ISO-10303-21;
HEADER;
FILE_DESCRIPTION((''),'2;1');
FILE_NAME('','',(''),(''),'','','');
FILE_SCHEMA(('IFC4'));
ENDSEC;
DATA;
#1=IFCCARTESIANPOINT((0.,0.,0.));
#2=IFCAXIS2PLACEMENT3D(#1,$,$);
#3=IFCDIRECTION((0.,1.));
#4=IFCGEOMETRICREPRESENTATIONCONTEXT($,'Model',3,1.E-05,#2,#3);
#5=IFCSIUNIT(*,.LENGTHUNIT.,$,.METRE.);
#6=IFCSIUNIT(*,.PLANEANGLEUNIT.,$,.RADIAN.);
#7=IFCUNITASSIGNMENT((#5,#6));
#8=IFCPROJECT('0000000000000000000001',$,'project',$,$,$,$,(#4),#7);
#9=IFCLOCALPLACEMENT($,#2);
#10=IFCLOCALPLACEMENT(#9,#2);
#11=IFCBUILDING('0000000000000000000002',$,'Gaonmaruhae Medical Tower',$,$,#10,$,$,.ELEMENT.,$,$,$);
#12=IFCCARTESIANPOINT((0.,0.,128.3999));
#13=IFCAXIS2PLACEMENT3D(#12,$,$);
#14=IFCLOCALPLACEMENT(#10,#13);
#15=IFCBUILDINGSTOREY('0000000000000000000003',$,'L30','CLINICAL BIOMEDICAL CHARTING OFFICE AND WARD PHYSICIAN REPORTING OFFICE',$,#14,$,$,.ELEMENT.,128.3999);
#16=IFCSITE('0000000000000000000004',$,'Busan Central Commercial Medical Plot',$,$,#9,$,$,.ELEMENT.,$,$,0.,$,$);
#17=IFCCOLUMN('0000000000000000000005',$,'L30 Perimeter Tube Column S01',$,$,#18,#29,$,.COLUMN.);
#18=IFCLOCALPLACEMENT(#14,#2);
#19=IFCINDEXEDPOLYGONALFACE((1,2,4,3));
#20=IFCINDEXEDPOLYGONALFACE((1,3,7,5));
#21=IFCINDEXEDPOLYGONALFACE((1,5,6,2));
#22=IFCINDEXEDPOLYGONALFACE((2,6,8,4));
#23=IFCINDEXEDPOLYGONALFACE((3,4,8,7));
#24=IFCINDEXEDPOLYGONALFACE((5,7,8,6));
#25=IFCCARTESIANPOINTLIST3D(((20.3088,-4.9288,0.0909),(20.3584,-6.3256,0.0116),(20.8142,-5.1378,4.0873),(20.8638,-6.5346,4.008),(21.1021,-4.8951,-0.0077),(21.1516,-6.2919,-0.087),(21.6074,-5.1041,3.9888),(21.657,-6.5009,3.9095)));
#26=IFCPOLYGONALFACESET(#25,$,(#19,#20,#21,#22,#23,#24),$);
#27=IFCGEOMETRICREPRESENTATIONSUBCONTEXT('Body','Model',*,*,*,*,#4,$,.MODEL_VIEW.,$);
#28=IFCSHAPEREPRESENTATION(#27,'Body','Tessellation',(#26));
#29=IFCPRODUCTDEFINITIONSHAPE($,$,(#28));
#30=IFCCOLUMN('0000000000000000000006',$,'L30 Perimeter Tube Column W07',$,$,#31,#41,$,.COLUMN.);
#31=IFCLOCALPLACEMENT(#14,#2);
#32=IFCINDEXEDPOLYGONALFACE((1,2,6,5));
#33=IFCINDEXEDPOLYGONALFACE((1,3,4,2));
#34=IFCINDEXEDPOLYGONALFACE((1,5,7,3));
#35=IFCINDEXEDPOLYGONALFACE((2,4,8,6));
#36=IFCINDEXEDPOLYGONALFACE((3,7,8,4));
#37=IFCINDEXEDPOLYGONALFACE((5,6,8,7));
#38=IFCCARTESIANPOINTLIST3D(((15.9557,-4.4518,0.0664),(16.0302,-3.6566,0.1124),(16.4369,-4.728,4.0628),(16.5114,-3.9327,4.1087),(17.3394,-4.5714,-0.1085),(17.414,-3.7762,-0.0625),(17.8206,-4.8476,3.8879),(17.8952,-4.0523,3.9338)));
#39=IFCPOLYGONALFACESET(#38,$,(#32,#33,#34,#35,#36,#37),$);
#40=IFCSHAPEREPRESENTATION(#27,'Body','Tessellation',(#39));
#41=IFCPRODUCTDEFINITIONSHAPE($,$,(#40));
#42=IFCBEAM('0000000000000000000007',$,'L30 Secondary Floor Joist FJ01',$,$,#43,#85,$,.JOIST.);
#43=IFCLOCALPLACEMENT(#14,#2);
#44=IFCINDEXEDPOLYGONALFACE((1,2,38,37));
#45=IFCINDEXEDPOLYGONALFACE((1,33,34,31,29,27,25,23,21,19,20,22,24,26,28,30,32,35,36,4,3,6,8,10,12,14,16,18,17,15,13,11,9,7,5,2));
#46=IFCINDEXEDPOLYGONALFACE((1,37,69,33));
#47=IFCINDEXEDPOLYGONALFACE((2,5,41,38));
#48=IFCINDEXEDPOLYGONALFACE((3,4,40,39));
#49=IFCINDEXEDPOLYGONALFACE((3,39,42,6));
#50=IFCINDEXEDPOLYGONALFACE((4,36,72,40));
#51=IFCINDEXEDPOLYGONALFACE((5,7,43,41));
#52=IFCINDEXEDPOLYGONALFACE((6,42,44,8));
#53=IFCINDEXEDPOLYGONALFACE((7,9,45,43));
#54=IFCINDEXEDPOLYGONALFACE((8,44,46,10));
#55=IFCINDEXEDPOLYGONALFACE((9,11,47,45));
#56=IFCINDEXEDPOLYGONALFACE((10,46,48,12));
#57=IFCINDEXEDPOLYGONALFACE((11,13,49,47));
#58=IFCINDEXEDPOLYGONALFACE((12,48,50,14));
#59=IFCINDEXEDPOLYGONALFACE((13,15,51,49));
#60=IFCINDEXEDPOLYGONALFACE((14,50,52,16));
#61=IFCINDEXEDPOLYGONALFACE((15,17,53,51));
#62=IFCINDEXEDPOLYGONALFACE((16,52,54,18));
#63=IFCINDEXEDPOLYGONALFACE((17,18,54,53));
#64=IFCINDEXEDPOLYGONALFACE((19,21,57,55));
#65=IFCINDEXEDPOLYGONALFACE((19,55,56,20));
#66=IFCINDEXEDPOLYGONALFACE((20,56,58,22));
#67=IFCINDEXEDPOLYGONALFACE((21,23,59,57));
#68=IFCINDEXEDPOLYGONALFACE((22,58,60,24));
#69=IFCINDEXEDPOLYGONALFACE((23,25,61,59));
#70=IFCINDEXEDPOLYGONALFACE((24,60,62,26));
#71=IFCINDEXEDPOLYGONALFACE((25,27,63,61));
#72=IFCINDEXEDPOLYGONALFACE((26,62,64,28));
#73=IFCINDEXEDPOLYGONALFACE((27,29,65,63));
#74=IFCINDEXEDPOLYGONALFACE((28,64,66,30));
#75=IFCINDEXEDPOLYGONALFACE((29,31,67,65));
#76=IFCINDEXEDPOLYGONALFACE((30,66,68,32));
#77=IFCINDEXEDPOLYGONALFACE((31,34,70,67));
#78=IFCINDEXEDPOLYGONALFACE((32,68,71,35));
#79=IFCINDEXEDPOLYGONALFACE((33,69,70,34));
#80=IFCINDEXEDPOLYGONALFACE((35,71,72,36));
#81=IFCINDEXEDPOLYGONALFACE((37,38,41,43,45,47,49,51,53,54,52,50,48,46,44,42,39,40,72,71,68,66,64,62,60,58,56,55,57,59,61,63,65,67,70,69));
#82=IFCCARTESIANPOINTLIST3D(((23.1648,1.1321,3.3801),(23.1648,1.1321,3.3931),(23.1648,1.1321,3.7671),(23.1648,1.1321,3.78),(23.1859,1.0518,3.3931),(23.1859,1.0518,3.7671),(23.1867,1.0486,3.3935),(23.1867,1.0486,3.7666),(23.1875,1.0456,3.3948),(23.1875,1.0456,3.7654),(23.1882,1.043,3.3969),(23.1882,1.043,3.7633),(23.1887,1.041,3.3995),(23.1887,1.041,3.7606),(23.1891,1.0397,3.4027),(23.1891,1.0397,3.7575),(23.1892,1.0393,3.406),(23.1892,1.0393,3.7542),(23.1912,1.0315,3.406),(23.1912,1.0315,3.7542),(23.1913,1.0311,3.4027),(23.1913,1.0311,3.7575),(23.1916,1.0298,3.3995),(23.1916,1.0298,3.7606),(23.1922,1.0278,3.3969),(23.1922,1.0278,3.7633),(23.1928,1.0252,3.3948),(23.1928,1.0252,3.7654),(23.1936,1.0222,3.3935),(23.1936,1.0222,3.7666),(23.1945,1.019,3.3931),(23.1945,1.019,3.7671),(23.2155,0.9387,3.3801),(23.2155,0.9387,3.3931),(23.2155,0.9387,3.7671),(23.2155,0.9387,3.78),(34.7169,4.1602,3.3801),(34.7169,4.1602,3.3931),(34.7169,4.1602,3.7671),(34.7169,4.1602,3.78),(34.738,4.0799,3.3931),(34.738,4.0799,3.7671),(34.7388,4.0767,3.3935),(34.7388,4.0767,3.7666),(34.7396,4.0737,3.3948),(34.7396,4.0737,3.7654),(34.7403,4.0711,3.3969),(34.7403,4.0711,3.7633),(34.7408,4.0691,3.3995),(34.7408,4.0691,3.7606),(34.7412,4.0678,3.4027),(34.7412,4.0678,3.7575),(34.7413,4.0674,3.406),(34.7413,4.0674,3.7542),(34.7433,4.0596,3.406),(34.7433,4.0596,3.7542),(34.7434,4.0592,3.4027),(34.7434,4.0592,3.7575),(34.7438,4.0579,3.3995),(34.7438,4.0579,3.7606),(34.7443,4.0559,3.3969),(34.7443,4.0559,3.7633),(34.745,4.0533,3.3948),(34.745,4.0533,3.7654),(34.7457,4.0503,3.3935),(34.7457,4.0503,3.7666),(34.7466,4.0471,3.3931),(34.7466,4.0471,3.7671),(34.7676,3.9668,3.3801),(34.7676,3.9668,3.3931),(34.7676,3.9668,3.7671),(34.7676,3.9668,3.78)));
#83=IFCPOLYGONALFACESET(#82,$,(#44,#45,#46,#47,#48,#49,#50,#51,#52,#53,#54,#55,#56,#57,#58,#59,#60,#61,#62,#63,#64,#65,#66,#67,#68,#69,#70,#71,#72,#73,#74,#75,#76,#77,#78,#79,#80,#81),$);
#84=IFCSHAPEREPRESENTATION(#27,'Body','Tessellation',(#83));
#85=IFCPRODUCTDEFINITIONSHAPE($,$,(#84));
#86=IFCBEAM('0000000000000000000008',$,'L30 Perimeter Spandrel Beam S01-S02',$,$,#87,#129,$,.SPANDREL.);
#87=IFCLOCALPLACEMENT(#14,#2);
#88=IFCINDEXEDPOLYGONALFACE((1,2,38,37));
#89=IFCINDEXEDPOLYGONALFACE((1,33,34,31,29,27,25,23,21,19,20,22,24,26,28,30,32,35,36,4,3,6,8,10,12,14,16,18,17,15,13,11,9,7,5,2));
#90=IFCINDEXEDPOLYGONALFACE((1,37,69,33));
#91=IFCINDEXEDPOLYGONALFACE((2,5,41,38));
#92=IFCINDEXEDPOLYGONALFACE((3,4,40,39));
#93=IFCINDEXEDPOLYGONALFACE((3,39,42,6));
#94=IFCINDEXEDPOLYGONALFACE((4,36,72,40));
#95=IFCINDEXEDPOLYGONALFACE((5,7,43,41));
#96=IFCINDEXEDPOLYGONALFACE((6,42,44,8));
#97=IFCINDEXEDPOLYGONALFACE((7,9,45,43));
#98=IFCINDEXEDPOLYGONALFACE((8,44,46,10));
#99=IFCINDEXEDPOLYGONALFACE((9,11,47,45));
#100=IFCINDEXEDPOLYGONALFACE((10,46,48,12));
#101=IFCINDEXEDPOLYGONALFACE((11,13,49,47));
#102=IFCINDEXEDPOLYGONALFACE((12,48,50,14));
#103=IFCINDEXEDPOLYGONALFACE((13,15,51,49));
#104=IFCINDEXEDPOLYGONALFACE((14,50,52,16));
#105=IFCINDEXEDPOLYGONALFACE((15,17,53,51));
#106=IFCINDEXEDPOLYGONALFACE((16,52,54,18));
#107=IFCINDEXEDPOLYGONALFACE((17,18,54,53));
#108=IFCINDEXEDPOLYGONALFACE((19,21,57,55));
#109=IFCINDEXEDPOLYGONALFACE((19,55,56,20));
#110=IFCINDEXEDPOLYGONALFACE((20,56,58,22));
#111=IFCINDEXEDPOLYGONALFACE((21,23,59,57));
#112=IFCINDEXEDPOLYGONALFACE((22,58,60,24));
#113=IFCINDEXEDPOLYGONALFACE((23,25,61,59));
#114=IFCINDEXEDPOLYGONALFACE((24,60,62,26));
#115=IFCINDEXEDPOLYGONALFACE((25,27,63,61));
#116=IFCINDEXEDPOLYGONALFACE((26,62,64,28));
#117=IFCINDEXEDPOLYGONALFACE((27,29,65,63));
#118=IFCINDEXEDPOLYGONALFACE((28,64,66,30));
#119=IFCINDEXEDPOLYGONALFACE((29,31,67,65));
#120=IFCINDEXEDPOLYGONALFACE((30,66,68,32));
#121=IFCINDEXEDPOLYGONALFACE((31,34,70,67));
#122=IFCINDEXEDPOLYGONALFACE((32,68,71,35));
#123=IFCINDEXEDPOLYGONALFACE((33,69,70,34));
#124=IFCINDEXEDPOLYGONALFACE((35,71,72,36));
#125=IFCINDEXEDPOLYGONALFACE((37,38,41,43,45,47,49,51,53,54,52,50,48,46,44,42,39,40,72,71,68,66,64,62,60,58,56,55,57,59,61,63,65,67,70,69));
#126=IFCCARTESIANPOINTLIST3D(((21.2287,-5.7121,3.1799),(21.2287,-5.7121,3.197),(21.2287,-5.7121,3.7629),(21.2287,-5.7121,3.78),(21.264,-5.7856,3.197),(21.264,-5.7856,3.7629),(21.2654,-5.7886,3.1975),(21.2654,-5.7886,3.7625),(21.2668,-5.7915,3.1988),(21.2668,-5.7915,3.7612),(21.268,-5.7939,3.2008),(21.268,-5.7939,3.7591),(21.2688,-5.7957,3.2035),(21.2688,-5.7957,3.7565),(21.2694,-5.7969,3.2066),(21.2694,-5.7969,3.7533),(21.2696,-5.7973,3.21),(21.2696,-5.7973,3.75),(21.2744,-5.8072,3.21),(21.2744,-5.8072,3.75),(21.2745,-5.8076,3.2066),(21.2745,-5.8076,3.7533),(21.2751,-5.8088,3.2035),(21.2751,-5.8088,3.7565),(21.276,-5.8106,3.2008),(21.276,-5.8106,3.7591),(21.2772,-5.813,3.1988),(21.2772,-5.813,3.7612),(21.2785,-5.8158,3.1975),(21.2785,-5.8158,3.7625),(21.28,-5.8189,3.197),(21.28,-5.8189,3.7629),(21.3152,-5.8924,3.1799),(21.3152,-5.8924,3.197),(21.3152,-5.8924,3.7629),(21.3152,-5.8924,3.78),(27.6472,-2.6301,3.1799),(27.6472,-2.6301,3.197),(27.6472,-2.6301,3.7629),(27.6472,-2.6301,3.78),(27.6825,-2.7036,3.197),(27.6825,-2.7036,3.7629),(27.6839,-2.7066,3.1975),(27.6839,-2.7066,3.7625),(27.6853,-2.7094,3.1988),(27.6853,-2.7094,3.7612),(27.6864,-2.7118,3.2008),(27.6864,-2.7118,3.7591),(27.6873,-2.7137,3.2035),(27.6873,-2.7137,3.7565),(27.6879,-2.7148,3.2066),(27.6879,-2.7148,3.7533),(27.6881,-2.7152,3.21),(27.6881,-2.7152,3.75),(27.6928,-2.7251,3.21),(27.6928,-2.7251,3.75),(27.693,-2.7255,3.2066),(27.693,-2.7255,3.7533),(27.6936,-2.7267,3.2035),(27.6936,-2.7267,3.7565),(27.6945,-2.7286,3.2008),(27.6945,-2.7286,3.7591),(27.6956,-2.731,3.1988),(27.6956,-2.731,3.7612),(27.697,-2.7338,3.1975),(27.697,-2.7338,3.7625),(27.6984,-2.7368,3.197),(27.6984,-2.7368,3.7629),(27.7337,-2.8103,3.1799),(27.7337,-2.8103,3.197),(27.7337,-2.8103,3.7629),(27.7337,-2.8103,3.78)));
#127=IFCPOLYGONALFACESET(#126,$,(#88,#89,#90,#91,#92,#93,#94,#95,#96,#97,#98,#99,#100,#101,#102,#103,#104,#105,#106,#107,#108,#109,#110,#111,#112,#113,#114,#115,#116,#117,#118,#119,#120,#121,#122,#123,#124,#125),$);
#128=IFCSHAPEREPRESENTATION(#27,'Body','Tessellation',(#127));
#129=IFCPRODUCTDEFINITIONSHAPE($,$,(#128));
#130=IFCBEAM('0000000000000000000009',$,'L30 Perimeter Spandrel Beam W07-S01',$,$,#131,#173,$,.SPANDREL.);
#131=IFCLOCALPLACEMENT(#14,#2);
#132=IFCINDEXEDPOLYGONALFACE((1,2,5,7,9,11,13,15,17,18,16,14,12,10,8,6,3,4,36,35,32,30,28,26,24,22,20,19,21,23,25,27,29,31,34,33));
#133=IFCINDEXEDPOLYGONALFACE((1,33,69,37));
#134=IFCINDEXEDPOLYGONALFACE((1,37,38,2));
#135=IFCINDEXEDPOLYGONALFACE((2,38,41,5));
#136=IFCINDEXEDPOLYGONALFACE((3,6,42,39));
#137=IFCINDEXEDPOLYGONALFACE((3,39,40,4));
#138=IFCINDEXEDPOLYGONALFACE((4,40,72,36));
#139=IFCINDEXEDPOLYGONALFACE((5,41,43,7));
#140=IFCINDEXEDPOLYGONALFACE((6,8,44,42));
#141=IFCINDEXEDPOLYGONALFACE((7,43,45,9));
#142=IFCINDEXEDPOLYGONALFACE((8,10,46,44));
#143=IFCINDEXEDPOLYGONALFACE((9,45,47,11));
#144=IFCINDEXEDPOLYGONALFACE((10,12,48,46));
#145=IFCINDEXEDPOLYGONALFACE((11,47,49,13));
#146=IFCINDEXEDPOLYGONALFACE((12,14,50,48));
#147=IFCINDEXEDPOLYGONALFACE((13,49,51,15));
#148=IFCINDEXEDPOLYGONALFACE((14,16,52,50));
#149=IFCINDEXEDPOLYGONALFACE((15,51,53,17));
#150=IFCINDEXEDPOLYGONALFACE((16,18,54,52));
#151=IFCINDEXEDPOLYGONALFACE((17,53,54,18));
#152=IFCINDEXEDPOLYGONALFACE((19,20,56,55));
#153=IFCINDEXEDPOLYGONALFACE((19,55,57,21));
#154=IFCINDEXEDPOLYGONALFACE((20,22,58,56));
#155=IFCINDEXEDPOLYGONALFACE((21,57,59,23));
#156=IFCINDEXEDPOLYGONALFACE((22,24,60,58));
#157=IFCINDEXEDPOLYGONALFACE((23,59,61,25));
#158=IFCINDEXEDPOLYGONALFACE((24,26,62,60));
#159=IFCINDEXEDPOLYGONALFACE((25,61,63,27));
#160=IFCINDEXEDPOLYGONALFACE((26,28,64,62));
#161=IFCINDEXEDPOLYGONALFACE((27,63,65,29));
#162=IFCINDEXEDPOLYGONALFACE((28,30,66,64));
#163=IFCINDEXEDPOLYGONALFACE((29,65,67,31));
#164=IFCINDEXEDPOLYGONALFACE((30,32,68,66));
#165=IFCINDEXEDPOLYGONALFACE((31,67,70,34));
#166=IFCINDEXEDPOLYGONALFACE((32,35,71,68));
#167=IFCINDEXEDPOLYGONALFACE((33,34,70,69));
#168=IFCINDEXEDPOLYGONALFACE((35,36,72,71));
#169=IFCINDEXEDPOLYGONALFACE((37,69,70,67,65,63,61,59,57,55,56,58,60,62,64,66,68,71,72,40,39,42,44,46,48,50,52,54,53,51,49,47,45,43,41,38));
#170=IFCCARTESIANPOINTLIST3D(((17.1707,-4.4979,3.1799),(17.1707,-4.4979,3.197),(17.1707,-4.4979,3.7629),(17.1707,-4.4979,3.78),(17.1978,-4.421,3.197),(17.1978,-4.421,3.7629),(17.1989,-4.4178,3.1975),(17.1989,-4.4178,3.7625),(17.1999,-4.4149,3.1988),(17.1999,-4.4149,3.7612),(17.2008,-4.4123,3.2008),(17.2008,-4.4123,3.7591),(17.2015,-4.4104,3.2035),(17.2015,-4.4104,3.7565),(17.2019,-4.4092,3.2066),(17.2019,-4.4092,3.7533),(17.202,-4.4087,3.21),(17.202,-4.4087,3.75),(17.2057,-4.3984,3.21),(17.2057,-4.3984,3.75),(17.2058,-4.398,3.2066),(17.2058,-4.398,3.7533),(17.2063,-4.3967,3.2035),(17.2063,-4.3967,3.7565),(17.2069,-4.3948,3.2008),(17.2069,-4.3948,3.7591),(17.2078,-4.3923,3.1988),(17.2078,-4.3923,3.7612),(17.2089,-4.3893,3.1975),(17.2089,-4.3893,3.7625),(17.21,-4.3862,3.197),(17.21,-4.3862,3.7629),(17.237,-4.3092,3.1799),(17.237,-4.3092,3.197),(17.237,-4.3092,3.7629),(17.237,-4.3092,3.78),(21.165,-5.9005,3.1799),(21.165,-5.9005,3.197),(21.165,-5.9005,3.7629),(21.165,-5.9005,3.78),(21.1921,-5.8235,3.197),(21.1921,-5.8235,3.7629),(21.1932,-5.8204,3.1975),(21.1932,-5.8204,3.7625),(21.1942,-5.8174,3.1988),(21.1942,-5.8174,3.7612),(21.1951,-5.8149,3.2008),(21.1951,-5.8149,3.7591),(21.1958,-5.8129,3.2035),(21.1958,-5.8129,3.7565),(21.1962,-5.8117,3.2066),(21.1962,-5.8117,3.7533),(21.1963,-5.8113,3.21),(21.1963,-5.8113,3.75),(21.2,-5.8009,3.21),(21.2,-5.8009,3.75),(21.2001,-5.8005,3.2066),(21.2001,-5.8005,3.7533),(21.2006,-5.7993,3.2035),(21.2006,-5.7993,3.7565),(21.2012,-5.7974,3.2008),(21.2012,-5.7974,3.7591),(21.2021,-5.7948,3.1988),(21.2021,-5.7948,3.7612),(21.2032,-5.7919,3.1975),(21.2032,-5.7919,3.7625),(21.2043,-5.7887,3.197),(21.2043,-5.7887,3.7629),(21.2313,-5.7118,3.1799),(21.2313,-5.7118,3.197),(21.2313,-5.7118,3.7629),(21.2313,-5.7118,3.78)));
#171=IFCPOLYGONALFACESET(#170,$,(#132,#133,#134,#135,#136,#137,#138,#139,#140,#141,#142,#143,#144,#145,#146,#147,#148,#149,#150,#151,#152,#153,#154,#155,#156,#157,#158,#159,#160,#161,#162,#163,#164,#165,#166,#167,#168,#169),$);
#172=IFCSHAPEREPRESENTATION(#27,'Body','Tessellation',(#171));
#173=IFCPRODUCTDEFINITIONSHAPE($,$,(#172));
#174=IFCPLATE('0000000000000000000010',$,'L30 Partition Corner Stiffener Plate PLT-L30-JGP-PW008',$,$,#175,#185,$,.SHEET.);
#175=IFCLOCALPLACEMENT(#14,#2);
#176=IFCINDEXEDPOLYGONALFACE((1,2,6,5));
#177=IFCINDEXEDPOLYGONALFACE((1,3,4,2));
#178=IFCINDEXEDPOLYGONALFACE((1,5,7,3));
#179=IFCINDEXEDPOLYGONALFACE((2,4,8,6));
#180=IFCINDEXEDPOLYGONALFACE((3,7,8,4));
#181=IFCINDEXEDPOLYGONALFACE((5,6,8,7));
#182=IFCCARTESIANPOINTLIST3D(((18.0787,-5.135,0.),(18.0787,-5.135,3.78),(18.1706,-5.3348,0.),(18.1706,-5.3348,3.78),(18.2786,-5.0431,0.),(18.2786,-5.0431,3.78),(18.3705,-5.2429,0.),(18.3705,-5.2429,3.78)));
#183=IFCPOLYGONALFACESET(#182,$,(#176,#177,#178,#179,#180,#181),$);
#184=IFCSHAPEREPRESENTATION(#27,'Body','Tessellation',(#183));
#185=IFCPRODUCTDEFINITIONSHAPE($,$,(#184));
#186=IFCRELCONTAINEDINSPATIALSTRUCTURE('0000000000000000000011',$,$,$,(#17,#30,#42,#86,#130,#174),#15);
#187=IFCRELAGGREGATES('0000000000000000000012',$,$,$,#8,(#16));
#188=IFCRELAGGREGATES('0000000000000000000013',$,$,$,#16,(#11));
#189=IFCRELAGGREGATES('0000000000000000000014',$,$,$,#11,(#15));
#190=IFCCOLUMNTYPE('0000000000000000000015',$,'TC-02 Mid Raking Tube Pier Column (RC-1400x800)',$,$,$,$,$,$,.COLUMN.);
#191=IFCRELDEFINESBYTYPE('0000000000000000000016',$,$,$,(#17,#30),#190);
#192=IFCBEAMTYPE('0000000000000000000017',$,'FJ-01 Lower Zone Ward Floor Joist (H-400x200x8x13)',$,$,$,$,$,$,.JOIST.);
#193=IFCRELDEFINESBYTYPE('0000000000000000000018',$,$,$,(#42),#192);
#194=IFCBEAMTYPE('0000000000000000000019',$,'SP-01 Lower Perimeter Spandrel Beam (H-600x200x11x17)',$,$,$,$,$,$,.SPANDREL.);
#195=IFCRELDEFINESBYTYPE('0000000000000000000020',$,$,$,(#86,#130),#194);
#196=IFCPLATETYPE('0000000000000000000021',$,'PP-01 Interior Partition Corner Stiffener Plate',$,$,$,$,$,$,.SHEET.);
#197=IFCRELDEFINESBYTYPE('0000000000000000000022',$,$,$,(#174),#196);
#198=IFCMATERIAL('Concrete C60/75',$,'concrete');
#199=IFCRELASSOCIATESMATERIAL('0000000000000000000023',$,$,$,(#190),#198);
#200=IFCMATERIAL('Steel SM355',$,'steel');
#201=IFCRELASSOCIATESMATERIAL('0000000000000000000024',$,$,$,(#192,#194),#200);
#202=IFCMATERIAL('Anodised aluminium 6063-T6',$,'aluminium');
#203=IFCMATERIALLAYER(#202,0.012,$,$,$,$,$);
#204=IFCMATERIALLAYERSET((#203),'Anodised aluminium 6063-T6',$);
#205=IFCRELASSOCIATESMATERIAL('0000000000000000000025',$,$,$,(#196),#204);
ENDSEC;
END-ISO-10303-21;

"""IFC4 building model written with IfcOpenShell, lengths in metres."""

from ifc_helpers import new_model, si_unit, direction, frame, origin, origin_2d, place, context, subcontext, project, spatial, rectangle, i_section, extrude, material, layer, layer_set, material_profile, profile_set, type_object, element, save


model = new_model("IFC4")

# Units and contexts
model_context = context("Model", 3, precision=1e-05, world=origin(), true_north=direction((0.0, 1.0)))
body_context = subcontext(model_context, "Body", "Model", "MODEL_VIEW")
ifc_project = project(units=[si_unit("LENGTHUNIT", "METRE"), si_unit("PLANEANGLEUNIT", "RADIAN")], contexts=[model_context])

# Site, building, storey
site_placement = place(None, origin())
site = spatial("IfcSite", under=ifc_project, at=site_placement, Name="Busan Central Commercial Medical Plot", CompositionType="ELEMENT", RefElevation=0.0)
building_placement = place(site_placement, origin())
building = spatial("IfcBuilding", under=site, at=building_placement, Name="Gaonmaruhae Medical Tower", CompositionType="ELEMENT")
storey_placement = place(building_placement, frame((0.0, 0.0, 128.3999)))
storey = spatial("IfcBuildingStorey", under=building, at=storey_placement, Name="L30", Description="CLINICAL BIOMEDICAL CHARTING OFFICE AND WARD PHYSICIAN REPORTING OFFICE", CompositionType="ELEMENT", Elevation=128.3999)

# Columns
ifc_material_1 = material(Name="Concrete C60/75", Category="concrete")
ifc_material_profile_1 = material_profile(ifc_material_1, rectangle(XDim=1.3999, YDim=0.8, at=origin_2d()), Name="RC-1400x800")
ifc_profile_set_1 = profile_set([ifc_material_profile_1], Name="Concrete C60/75")
column_type = type_object("IfcColumnType", Name="TC-02 Mid Raking Tube Pier Column (RC-1400x800)", PredefinedType="COLUMN", material=ifc_profile_set_1)
column_1_placement = place(storey_placement, frame((20.7302, -5.6104, 0.002), z_axis=(0.125291, -0.051811, 0.990766), x_axis=(-0.035408, 0.997766, 0.056655)))
element("IfcColumn", 1, at=column_1_placement, inside=storey, type_object=column_type, Name="L30 Perimeter Tube Column S01", PredefinedType="COLUMN", context=body_context, shape_type="SweptSolid", body=[
    extrude(rectangle(XDim=1.3999, YDim=0.8, at=origin_2d()), origin(), (0.0, 0.0, 1.0), 4.0337),
])
column_2_placement = place(storey_placement, frame((16.6848, -4.114, 0.002), z_axis=(0.119267, -0.068438, 0.990501), x_axis=(-0.988481, 0.085435, 0.124927)))
element("IfcColumn", 2, at=column_2_placement, inside=storey, type_object=column_type, Name="L30 Perimeter Tube Column W07", PredefinedType="COLUMN", context=body_context, shape_type="SweptSolid", body=[
    extrude(rectangle(XDim=1.3999, YDim=0.8, at=origin_2d()), origin(), (0.0, 0.0, 1.0), 4.0347),
])

# Beams
ifc_material_2 = material(Name="Steel SM355", Category="steel")
ifc_material_profile_2 = material_profile(ifc_material_2, i_section(OverallWidth=0.2, OverallDepth=0.3999, WebThickness=0.0081, FlangeThickness=0.0129, FilletRadius=0.0129, at=origin_2d()), Name="H-400x200x8x13")
ifc_profile_set_2 = profile_set([ifc_material_profile_2], Name="Steel SM355")
beam_type_1 = type_object("IfcBeamType", Name="FJ-01 Lower Zone Ward Floor Joist (H-400x200x8x13)", PredefinedType="JOIST", material=ifc_profile_set_2)
beam_1_placement = place(storey_placement, frame((23.1902, 1.0354, 3.5801), z_axis=(0.96732, 0.253559, 0.0), x_axis=(-0.253559, 0.96732, 0.0)))
element("IfcBeam", 3, at=beam_1_placement, inside=storey, type_object=beam_type_1, Name="L30 Secondary Floor Joist FJ01", PredefinedType="JOIST", context=body_context, shape_type="SweptSolid", body=[
    extrude(i_section(OverallWidth=0.2, OverallDepth=0.3999, WebThickness=0.0081, FlangeThickness=0.0129, FilletRadius=0.0129, at=origin_2d()), origin(), (0.0, 0.0, 1.0), 11.9424),
])
ifc_material_profile_3 = material_profile(ifc_material_2, i_section(OverallWidth=0.2, OverallDepth=0.6001, WebThickness=0.011, FlangeThickness=0.0171, FilletRadius=0.0129, at=origin_2d()), Name="H-600x200x11x17")
ifc_profile_set_3 = profile_set([ifc_material_profile_3], Name="Steel SM355")
beam_type_2 = type_object("IfcBeamType", Name="SP-01 Lower Perimeter Spandrel Beam (H-600x200x11x17)", PredefinedType="SPANDREL", material=ifc_profile_set_3)
beam_2_placement = place(storey_placement, frame((21.272, -5.8022, 3.48), z_axis=(0.901459, 0.432865, 0.0), x_axis=(-0.432865, 0.901459, 0.0)))
element("IfcBeam", 4, at=beam_2_placement, inside=storey, type_object=beam_type_2, Name="L30 Perimeter Spandrel Beam S01-S02", PredefinedType="SPANDREL", context=body_context, shape_type="SweptSolid", body=[
    extrude(i_section(OverallWidth=0.2, OverallDepth=0.6001, WebThickness=0.011, FlangeThickness=0.0171, FilletRadius=0.0129, at=origin_2d()), origin(), (0.0, 0.0, 1.0), 7.1201),
])
beam_3_placement = place(storey_placement, frame((17.2039, -4.4036, 3.48), z_axis=(0.943523, -0.331308, 0.0), x_axis=(0.331308, 0.943523, 0.0)))
element("IfcBeam", 5, at=beam_3_placement, inside=storey, type_object=beam_type_2, Name="L30 Perimeter Spandrel Beam W07-S01", PredefinedType="SPANDREL", context=body_context, shape_type="SweptSolid", body=[
    extrude(i_section(OverallWidth=0.2, OverallDepth=0.6001, WebThickness=0.011, FlangeThickness=0.0171, FilletRadius=0.0129, at=origin_2d()), origin(), (0.0, 0.0, 1.0), 4.2334),
])

# Plate
ifc_material_3 = material(Name="Anodised aluminium 6063-T6", Category="aluminium")
ifc_layer_1 = layer(ifc_material_3, 0.012)
ifc_layer_set_1 = layer_set([ifc_layer_1], Name="Anodised aluminium 6063-T6")
plate_type = type_object("IfcPlateType", Name="PP-01 Interior Partition Corner Stiffener Plate", PredefinedType="SHEET", material=ifc_layer_set_1)
for number, where, z_axis, x_axis, name in (
    (6, (18.2246, -5.189, 0.0), (0.0, 0.0, 1.0), (-0.417804, 0.908537, 0.0), "L30 Partition Corner Stiffener Plate PLT-L30-JGP-PW008"),
):
    element("IfcPlate", number, at=place(storey_placement, frame(where, z_axis=z_axis, x_axis=x_axis)), inside=storey, type_object=plate_type, Name=name, PredefinedType="SHEET", context=body_context, shape_type="SweptSolid", body=[
        extrude(rectangle(XDim=0.22, YDim=0.22, at=origin_2d()), origin(), (0.0, 0.0, 1.0), 3.78),
    ])

save(model, "model.ifc")
